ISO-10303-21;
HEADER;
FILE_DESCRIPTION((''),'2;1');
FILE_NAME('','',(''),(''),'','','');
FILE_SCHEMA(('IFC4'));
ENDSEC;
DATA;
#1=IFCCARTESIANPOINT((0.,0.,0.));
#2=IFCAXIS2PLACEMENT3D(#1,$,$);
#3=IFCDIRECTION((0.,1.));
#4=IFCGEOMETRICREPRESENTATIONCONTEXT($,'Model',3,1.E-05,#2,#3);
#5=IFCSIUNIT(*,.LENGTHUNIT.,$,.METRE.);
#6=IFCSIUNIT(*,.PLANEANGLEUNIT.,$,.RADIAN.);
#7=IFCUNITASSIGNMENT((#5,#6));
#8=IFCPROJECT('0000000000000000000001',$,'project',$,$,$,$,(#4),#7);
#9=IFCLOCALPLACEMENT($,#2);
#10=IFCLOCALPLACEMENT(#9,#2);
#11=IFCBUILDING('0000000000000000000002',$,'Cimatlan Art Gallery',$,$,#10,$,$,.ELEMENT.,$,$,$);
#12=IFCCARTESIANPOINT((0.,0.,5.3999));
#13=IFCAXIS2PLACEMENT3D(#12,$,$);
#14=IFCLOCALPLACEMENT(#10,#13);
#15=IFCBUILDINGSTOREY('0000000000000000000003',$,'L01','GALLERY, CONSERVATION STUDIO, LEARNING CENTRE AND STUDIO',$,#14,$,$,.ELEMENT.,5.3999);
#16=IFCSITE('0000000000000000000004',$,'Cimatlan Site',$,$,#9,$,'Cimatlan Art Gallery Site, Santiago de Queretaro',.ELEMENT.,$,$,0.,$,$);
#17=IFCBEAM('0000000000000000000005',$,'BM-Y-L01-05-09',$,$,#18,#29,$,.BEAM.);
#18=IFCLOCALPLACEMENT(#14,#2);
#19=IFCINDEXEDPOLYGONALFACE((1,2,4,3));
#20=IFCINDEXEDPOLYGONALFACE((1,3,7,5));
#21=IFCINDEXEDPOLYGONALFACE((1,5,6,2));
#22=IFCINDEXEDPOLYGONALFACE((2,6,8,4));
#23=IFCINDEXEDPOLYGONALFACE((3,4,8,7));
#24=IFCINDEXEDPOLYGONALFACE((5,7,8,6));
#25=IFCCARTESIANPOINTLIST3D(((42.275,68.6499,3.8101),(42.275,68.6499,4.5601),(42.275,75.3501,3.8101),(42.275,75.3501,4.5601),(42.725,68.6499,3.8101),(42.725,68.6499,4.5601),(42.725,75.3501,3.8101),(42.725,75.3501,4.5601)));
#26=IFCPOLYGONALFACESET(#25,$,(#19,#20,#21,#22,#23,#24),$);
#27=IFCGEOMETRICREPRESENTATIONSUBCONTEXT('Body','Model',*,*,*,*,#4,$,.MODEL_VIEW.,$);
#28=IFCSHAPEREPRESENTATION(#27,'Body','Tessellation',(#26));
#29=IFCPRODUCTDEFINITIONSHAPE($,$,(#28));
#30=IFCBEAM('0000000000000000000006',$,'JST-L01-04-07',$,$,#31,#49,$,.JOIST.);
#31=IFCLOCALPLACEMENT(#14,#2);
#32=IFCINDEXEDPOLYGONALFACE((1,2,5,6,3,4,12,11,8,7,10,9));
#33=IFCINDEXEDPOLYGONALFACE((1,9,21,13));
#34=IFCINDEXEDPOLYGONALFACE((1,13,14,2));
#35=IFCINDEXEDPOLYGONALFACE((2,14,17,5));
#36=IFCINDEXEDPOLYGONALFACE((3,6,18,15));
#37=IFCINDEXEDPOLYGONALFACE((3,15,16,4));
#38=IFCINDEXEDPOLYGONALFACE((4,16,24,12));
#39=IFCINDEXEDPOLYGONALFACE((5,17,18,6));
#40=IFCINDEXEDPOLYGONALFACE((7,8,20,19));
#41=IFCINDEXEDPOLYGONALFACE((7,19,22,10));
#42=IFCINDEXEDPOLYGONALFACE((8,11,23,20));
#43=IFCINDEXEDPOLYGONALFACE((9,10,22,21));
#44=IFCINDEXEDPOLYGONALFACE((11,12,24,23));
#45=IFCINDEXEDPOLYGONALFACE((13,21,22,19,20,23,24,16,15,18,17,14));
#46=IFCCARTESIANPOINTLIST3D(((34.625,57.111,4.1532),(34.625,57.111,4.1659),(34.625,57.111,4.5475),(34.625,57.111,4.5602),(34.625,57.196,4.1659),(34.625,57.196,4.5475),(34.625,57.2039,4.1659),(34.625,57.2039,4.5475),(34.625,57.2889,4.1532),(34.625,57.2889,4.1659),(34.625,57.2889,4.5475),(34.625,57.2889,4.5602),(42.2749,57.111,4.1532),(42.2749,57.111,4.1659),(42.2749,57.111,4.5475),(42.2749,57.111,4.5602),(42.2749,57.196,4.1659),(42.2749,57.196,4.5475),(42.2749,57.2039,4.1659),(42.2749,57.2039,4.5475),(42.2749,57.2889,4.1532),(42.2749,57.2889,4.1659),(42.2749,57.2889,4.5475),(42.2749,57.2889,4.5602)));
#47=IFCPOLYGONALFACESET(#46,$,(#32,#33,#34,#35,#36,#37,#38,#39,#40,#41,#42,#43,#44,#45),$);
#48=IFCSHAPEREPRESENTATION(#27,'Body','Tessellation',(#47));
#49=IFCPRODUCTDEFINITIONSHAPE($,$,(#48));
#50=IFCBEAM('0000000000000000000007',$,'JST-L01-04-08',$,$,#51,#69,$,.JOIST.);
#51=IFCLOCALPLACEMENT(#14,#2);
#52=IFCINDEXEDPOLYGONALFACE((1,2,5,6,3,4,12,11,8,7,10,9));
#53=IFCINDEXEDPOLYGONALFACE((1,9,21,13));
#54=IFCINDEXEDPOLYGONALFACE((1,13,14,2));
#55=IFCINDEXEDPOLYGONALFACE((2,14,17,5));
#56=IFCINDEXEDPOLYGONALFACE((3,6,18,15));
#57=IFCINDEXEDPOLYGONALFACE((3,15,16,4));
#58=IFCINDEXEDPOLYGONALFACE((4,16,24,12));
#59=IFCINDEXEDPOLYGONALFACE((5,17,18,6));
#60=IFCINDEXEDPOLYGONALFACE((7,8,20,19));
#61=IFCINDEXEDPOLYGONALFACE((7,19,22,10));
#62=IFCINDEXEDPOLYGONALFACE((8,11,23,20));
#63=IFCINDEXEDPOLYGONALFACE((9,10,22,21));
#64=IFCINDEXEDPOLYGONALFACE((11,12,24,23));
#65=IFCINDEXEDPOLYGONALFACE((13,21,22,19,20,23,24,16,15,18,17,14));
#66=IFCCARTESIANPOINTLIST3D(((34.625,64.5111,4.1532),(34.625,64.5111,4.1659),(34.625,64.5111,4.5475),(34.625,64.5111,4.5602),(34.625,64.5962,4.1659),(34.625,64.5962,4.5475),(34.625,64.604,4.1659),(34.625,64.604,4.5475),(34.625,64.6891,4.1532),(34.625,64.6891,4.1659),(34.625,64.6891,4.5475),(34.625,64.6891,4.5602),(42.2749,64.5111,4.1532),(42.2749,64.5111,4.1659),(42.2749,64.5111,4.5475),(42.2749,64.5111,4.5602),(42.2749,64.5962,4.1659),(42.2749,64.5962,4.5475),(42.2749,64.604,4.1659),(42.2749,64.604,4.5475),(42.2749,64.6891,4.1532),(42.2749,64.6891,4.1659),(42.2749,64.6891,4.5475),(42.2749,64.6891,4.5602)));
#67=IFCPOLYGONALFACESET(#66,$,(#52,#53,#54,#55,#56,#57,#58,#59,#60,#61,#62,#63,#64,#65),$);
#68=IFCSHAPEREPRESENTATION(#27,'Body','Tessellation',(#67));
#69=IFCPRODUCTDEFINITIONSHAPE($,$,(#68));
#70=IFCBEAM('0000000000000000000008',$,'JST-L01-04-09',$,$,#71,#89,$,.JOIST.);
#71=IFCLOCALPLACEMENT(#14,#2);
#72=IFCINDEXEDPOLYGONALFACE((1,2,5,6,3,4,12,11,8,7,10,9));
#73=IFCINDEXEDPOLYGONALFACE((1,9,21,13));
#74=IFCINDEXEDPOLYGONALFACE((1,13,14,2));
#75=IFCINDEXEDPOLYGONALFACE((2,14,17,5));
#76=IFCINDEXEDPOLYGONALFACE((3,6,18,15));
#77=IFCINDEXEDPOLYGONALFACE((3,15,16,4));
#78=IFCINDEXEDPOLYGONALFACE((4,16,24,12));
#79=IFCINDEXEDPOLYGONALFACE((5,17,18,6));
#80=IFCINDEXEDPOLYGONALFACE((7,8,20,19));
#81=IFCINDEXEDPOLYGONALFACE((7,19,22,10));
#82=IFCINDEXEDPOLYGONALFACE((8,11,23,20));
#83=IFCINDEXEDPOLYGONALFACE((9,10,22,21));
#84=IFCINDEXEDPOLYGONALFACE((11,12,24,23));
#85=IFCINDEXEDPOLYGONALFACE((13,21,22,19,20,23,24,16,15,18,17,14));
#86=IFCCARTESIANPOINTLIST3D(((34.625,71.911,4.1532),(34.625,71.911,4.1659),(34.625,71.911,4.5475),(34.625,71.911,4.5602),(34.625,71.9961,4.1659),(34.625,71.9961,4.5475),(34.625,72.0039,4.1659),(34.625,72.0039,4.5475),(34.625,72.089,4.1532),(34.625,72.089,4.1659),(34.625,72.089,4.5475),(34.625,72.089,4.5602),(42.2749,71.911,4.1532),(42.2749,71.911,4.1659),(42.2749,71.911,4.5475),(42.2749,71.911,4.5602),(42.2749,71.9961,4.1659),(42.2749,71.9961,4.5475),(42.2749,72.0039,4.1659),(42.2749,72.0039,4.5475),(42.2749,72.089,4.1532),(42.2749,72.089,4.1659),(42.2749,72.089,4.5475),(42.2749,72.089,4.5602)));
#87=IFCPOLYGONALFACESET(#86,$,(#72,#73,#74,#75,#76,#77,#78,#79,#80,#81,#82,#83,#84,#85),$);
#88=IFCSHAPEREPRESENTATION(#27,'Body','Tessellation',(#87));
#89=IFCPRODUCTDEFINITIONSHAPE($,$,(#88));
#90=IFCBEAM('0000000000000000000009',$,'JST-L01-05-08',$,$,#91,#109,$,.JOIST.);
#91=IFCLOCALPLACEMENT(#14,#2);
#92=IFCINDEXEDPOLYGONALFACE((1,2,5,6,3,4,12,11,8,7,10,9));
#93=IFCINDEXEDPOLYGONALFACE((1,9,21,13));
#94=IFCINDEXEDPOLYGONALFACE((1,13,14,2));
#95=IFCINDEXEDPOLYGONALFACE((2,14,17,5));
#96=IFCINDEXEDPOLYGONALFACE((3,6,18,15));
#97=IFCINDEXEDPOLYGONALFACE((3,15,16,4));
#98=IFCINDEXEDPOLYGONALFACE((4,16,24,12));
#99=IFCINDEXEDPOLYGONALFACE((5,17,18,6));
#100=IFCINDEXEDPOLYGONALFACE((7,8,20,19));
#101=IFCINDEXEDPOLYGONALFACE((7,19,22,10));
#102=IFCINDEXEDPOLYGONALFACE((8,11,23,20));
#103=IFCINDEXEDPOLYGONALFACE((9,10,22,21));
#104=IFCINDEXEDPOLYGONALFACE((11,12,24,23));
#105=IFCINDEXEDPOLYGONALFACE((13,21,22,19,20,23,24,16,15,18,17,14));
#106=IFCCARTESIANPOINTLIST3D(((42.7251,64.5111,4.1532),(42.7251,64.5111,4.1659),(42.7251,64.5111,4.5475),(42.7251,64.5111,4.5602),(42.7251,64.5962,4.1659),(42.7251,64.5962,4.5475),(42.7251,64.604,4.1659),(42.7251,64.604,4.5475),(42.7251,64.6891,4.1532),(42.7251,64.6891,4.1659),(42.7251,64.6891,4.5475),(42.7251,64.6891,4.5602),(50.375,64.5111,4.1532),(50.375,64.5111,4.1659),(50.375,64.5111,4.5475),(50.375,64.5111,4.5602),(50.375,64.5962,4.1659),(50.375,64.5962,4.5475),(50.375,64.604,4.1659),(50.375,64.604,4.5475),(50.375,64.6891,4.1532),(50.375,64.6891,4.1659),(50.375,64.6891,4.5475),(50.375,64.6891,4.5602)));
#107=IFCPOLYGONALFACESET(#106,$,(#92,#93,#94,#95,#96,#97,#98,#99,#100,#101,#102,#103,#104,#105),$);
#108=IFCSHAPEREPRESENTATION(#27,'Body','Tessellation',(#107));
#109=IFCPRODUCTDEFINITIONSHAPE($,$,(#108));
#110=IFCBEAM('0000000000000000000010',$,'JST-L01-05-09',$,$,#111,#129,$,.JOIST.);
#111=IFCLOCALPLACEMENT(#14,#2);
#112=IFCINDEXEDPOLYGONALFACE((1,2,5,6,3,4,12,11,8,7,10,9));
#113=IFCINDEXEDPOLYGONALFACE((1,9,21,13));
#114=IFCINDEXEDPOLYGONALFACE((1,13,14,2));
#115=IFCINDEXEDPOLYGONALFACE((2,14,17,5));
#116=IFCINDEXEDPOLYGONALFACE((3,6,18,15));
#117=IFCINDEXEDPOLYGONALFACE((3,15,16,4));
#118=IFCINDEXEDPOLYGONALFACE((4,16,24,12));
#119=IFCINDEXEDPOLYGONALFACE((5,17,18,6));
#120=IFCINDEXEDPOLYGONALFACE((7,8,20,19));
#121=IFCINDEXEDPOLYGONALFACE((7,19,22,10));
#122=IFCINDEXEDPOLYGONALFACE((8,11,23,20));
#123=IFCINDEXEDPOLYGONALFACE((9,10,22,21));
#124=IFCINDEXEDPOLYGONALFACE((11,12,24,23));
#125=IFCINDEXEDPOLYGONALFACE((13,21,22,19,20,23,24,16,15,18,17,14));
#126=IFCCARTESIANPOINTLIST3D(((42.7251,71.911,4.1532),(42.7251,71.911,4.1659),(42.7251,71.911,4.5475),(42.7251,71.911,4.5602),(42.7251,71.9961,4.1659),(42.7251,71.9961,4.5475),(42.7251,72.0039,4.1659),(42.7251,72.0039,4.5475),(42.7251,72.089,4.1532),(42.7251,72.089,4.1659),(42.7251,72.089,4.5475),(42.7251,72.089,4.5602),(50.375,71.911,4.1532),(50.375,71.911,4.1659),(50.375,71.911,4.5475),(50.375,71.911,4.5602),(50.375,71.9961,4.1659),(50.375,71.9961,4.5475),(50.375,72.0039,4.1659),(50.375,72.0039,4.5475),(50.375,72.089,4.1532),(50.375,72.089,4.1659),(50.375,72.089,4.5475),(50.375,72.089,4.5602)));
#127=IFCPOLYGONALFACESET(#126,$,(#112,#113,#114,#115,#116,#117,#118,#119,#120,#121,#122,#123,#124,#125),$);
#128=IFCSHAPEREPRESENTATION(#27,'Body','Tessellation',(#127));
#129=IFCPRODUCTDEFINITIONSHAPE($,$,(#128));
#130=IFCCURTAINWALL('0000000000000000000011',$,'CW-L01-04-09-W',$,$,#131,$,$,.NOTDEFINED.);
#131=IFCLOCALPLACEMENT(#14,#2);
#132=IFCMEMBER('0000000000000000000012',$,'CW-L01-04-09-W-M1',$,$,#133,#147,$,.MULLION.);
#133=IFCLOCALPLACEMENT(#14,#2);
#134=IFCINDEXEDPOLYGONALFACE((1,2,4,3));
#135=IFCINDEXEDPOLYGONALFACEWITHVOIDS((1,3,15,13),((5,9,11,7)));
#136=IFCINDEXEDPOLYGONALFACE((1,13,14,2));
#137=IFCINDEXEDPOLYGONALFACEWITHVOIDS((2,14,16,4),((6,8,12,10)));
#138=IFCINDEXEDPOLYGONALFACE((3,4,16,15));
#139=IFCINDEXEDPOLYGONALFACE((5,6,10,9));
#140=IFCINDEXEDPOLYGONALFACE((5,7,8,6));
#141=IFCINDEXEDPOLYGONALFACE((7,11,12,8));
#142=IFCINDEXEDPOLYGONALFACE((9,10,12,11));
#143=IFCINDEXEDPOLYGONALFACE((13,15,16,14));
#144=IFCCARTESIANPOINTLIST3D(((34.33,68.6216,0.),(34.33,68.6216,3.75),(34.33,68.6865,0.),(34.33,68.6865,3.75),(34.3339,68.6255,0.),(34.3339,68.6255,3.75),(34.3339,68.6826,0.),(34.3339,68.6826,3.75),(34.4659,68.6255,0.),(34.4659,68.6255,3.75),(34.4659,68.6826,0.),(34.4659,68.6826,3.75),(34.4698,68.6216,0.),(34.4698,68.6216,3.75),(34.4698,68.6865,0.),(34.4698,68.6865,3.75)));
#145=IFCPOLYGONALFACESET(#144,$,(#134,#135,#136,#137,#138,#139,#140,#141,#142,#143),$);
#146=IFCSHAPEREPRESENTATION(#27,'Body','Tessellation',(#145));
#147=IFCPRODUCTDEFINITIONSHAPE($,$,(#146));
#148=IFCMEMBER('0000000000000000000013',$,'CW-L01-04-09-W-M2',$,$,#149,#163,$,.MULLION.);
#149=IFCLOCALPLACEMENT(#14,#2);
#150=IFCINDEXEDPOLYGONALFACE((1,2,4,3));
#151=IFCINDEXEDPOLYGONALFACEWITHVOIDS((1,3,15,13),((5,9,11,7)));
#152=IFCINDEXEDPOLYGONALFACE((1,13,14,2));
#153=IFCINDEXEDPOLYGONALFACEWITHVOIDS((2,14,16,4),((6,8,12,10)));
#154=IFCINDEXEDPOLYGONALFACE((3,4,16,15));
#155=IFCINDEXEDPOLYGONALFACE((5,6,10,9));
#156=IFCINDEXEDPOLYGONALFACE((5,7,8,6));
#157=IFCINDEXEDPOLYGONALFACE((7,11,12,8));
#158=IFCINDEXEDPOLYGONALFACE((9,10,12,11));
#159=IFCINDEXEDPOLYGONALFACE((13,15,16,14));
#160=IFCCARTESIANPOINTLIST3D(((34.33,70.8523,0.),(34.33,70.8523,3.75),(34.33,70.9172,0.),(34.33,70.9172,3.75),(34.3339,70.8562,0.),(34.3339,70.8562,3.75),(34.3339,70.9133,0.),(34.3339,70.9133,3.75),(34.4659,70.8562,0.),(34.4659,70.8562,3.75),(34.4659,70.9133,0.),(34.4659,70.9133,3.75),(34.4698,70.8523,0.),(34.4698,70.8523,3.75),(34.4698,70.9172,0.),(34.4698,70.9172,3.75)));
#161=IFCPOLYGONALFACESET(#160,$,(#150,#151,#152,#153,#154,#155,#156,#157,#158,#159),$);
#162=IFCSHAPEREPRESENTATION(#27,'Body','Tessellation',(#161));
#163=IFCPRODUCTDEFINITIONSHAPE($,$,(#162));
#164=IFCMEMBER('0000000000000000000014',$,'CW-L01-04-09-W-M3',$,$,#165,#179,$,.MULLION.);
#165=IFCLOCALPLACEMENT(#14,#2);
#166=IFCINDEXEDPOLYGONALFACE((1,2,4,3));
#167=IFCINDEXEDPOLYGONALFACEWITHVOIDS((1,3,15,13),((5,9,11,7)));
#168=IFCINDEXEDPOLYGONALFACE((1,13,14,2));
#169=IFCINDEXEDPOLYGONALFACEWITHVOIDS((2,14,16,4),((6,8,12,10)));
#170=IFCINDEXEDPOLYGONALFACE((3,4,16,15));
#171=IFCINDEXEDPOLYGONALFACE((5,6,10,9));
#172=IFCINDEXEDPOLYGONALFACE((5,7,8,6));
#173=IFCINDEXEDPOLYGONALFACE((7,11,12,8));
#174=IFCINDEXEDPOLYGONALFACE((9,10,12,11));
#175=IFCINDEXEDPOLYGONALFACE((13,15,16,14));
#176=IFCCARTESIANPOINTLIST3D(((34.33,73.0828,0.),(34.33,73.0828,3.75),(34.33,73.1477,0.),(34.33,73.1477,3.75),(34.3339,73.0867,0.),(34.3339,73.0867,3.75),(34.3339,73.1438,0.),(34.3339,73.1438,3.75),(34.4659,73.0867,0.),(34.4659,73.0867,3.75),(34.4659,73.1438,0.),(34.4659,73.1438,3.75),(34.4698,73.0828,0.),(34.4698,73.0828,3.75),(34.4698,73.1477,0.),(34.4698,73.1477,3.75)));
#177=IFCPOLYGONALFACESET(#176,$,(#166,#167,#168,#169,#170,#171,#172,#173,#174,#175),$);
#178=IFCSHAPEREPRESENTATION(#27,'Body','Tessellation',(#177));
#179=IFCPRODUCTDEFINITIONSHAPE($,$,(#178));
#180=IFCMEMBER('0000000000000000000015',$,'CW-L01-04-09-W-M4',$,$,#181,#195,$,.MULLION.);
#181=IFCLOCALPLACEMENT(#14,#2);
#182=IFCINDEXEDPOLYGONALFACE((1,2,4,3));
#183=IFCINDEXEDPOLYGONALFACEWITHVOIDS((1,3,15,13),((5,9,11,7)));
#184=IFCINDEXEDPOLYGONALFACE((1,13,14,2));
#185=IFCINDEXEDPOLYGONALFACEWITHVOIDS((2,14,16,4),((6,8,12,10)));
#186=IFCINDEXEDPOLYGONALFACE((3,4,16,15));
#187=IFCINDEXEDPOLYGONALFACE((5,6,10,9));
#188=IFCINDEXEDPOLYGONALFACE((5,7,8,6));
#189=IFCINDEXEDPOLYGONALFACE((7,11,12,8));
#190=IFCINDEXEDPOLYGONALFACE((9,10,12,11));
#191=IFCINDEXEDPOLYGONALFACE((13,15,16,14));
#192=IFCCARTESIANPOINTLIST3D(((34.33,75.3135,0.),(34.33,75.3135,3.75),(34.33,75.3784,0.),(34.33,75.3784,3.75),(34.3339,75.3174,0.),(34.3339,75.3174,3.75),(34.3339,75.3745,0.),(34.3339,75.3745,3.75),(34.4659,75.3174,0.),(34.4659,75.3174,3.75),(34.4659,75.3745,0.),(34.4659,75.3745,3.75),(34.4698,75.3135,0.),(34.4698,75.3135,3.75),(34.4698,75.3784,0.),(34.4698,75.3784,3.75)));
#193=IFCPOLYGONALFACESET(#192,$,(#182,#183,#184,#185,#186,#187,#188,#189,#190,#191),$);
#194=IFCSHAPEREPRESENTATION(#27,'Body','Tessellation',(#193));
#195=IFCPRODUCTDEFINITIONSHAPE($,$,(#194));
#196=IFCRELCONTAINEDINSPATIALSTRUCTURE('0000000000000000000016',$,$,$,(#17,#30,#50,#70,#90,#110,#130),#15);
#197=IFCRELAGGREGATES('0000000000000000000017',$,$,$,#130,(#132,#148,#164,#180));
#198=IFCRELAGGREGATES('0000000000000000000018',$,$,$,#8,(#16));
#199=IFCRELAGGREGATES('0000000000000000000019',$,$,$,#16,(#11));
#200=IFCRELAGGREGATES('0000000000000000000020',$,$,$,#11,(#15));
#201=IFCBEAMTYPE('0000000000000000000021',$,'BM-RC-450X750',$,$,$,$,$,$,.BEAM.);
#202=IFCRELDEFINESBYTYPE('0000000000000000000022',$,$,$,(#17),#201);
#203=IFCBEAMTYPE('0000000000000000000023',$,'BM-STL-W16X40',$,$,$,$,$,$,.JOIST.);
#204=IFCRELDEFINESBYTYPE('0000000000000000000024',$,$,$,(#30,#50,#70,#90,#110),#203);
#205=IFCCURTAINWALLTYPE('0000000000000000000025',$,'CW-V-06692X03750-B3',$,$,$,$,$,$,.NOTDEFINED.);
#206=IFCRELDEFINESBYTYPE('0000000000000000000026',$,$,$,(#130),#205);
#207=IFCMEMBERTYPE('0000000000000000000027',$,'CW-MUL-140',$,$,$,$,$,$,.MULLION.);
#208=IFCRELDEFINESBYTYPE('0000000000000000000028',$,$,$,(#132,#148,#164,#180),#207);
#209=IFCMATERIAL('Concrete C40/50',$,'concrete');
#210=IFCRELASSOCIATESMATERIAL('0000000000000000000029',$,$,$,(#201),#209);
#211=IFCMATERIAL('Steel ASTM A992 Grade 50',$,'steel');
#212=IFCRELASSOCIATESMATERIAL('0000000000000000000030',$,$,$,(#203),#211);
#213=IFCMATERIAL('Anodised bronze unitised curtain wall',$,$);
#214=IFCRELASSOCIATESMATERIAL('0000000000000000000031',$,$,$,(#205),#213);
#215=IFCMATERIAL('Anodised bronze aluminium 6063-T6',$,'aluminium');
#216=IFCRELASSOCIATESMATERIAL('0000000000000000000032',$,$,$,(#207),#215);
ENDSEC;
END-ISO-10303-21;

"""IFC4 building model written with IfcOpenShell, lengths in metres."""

from ifc_helpers import new_model, si_unit, direction, frame, origin, origin_2d, place, context, subcontext, project, spatial, rectangle, hollow_rectangle, i_section, extrude, material, material_profile, profile_set, type_object, element, aggregate, save


model = new_model("IFC4")

# Units and contexts
model_context = context("Model", 3, precision=1e-05, world=origin(), true_north=direction((0.0, 1.0)))
body_context = subcontext(model_context, "Body", "Model", "MODEL_VIEW")
ifc_project = project(units=[si_unit("LENGTHUNIT", "METRE"), si_unit("PLANEANGLEUNIT", "RADIAN")], contexts=[model_context])

# Site, building, storey
site_placement = place(None, origin())
site = spatial("IfcSite", under=ifc_project, at=site_placement, Name="Cimatlan Site", LongName="Cimatlan Art Gallery Site, Santiago de Queretaro", CompositionType="ELEMENT", RefElevation=0.0)
building_placement = place(site_placement, origin())
building = spatial("IfcBuilding", under=site, at=building_placement, Name="Cimatlan Art Gallery", CompositionType="ELEMENT")
storey_placement = place(building_placement, frame((0.0, 0.0, 5.3999)))
storey = spatial("IfcBuildingStorey", under=building, at=storey_placement, Name="L01", Description="GALLERY, CONSERVATION STUDIO, LEARNING CENTRE AND STUDIO", CompositionType="ELEMENT", Elevation=5.3999)

# Beams
ifc_material_1 = material(Name="Concrete C40/50", Category="concrete")
ifc_material_profile_1 = material_profile(ifc_material_1, rectangle(XDim=0.45, YDim=0.75, at=origin_2d()), Name="RC450X750")
ifc_profile_set_1 = profile_set([ifc_material_profile_1], Name="Concrete C40/50")
beam_type_1 = type_object("IfcBeamType", Name="BM-RC-450X750", PredefinedType="BEAM", material=ifc_profile_set_1)
beam_1_placement = place(storey_placement, frame((42.5, 68.6499, 4.1851), z_axis=(0.0, 1.0, 0.0), x_axis=(-1.0, 0.0, 0.0)))
element("IfcBeam", 1, at=beam_1_placement, inside=storey, type_object=beam_type_1, Name="BM-Y-L01-05-09", PredefinedType="BEAM", context=body_context, shape_type="SweptSolid", body=[
    extrude(rectangle(XDim=0.45, YDim=0.75, at=origin_2d()), origin(), (0.0, 0.0, 1.0), 6.7002),
])
ifc_material_2 = material(Name="Steel ASTM A992 Grade 50", Category="steel")
ifc_material_profile_2 = material_profile(ifc_material_2, i_section(OverallWidth=0.178, OverallDepth=0.407, WebThickness=0.0078, FlangeThickness=0.0127, at=origin_2d()), Name="W16X40")
ifc_profile_set_2 = profile_set([ifc_material_profile_2], Name="Steel ASTM A992 Grade 50")
beam_type_2 = type_object("IfcBeamType", Name="BM-STL-W16X40", PredefinedType="JOIST", material=ifc_profile_set_2)
for number, where, z_axis, x_axis, name in (
    (2, (34.625, 57.2, 4.3567), (1.0, 0.0, 0.0), (0.0, 1.0, 0.0), "JST-L01-04-07"),
    (3, (34.625, 64.6001, 4.3567), (1.0, 0.0, 0.0), (0.0, 1.0, 0.0), "JST-L01-04-08"),
    (4, (34.625, 72.0, 4.3567), (1.0, 0.0, 0.0), (0.0, 1.0, 0.0), "JST-L01-04-09"),
    (5, (42.7251, 64.6001, 4.3567), (1.0, 0.0, 0.0), (0.0, 1.0, 0.0), "JST-L01-05-08"),
    (6, (42.7251, 72.0, 4.3567), (1.0, 0.0, 0.0), (0.0, 1.0, 0.0), "JST-L01-05-09"),
):
    element("IfcBeam", number, at=place(storey_placement, frame(where, z_axis=z_axis, x_axis=x_axis)), inside=storey, type_object=beam_type_2, Name=name, PredefinedType="JOIST", context=body_context, shape_type="SweptSolid", body=[
        extrude(i_section(OverallWidth=0.178, OverallDepth=0.407, WebThickness=0.0078, FlangeThickness=0.0127, at=origin_2d()), origin(), (0.0, 0.0, 1.0), 7.6499),
    ])

# Curtain wall, members
ifc_material_3 = material(Name="Anodised bronze unitised curtain wall")
curtain_wall_type = type_object("IfcCurtainWallType", Name="CW-V-06692X03750-B3", PredefinedType="NOTDEFINED", material=ifc_material_3)
curtain_wall_placement = place(storey_placement, origin())
curtain_wall = element("IfcCurtainWall", 7, at=curtain_wall_placement, inside=storey, type_object=curtain_wall_type, Name="CW-L01-04-09-W", PredefinedType="NOTDEFINED")
ifc_material_4 = material(Name="Anodised bronze aluminium 6063-T6", Category="aluminium")
ifc_material_profile_3 = material_profile(ifc_material_4, hollow_rectangle(XDim=0.0649, YDim=0.1399, WallThickness=0.0039, at=origin_2d()), Name="ALU65X140X4")
ifc_profile_set_3 = profile_set([ifc_material_profile_3], Name="Anodised bronze aluminium 6063-T6")
member_type_1 = type_object("IfcMemberType", Name="CW-MUL-140", PredefinedType="MULLION", material=ifc_profile_set_3)
member_1_placement = place(storey_placement, frame((34.3999, 68.6541, 0.0), z_axis=(0.0, 0.0, 1.0), x_axis=(0.0, 1.0, 0.0)))
member_1 = element("IfcMember", 8, at=member_1_placement, type_object=member_type_1, Name="CW-L01-04-09-W-M1", PredefinedType="MULLION", context=body_context, shape_type="SweptSolid", body=[
    extrude(hollow_rectangle(XDim=0.0649, YDim=0.1399, WallThickness=0.0039, at=origin_2d()), origin(), (0.0, 0.0, 1.0), 3.75),
])
member_2_placement = place(storey_placement, frame((34.3999, 70.8848, 0.0), z_axis=(0.0, 0.0, 1.0), x_axis=(0.0, 1.0, 0.0)))
member_2 = element("IfcMember", 9, at=member_2_placement, type_object=member_type_1, Name="CW-L01-04-09-W-M2", PredefinedType="MULLION", context=body_context, shape_type="SweptSolid", body=[
    extrude(hollow_rectangle(XDim=0.0649, YDim=0.1399, WallThickness=0.0039, at=origin_2d()), origin(), (0.0, 0.0, 1.0), 3.75),
])
member_3_placement = place(storey_placement, frame((34.3999, 73.1152, 0.0), z_axis=(0.0, 0.0, 1.0), x_axis=(0.0, 1.0, 0.0)))
member_3 = element("IfcMember", 10, at=member_3_placement, type_object=member_type_1, Name="CW-L01-04-09-W-M3", PredefinedType="MULLION", context=body_context, shape_type="SweptSolid", body=[
    extrude(hollow_rectangle(XDim=0.0649, YDim=0.1399, WallThickness=0.0039, at=origin_2d()), origin(), (0.0, 0.0, 1.0), 3.75),
])
member_4_placement = place(storey_placement, frame((34.3999, 75.3459, 0.0), z_axis=(0.0, 0.0, 1.0), x_axis=(0.0, 1.0, 0.0)))
member_4 = element("IfcMember", 11, at=member_4_placement, type_object=member_type_1, Name="CW-L01-04-09-W-M4", PredefinedType="MULLION", context=body_context, shape_type="SweptSolid", body=[
    extrude(hollow_rectangle(XDim=0.0649, YDim=0.1399, WallThickness=0.0039, at=origin_2d()), origin(), (0.0, 0.0, 1.0), 3.75),
])
aggregate(curtain_wall, [member_1, member_2, member_3, member_4])

save(model, "model.ifc")
